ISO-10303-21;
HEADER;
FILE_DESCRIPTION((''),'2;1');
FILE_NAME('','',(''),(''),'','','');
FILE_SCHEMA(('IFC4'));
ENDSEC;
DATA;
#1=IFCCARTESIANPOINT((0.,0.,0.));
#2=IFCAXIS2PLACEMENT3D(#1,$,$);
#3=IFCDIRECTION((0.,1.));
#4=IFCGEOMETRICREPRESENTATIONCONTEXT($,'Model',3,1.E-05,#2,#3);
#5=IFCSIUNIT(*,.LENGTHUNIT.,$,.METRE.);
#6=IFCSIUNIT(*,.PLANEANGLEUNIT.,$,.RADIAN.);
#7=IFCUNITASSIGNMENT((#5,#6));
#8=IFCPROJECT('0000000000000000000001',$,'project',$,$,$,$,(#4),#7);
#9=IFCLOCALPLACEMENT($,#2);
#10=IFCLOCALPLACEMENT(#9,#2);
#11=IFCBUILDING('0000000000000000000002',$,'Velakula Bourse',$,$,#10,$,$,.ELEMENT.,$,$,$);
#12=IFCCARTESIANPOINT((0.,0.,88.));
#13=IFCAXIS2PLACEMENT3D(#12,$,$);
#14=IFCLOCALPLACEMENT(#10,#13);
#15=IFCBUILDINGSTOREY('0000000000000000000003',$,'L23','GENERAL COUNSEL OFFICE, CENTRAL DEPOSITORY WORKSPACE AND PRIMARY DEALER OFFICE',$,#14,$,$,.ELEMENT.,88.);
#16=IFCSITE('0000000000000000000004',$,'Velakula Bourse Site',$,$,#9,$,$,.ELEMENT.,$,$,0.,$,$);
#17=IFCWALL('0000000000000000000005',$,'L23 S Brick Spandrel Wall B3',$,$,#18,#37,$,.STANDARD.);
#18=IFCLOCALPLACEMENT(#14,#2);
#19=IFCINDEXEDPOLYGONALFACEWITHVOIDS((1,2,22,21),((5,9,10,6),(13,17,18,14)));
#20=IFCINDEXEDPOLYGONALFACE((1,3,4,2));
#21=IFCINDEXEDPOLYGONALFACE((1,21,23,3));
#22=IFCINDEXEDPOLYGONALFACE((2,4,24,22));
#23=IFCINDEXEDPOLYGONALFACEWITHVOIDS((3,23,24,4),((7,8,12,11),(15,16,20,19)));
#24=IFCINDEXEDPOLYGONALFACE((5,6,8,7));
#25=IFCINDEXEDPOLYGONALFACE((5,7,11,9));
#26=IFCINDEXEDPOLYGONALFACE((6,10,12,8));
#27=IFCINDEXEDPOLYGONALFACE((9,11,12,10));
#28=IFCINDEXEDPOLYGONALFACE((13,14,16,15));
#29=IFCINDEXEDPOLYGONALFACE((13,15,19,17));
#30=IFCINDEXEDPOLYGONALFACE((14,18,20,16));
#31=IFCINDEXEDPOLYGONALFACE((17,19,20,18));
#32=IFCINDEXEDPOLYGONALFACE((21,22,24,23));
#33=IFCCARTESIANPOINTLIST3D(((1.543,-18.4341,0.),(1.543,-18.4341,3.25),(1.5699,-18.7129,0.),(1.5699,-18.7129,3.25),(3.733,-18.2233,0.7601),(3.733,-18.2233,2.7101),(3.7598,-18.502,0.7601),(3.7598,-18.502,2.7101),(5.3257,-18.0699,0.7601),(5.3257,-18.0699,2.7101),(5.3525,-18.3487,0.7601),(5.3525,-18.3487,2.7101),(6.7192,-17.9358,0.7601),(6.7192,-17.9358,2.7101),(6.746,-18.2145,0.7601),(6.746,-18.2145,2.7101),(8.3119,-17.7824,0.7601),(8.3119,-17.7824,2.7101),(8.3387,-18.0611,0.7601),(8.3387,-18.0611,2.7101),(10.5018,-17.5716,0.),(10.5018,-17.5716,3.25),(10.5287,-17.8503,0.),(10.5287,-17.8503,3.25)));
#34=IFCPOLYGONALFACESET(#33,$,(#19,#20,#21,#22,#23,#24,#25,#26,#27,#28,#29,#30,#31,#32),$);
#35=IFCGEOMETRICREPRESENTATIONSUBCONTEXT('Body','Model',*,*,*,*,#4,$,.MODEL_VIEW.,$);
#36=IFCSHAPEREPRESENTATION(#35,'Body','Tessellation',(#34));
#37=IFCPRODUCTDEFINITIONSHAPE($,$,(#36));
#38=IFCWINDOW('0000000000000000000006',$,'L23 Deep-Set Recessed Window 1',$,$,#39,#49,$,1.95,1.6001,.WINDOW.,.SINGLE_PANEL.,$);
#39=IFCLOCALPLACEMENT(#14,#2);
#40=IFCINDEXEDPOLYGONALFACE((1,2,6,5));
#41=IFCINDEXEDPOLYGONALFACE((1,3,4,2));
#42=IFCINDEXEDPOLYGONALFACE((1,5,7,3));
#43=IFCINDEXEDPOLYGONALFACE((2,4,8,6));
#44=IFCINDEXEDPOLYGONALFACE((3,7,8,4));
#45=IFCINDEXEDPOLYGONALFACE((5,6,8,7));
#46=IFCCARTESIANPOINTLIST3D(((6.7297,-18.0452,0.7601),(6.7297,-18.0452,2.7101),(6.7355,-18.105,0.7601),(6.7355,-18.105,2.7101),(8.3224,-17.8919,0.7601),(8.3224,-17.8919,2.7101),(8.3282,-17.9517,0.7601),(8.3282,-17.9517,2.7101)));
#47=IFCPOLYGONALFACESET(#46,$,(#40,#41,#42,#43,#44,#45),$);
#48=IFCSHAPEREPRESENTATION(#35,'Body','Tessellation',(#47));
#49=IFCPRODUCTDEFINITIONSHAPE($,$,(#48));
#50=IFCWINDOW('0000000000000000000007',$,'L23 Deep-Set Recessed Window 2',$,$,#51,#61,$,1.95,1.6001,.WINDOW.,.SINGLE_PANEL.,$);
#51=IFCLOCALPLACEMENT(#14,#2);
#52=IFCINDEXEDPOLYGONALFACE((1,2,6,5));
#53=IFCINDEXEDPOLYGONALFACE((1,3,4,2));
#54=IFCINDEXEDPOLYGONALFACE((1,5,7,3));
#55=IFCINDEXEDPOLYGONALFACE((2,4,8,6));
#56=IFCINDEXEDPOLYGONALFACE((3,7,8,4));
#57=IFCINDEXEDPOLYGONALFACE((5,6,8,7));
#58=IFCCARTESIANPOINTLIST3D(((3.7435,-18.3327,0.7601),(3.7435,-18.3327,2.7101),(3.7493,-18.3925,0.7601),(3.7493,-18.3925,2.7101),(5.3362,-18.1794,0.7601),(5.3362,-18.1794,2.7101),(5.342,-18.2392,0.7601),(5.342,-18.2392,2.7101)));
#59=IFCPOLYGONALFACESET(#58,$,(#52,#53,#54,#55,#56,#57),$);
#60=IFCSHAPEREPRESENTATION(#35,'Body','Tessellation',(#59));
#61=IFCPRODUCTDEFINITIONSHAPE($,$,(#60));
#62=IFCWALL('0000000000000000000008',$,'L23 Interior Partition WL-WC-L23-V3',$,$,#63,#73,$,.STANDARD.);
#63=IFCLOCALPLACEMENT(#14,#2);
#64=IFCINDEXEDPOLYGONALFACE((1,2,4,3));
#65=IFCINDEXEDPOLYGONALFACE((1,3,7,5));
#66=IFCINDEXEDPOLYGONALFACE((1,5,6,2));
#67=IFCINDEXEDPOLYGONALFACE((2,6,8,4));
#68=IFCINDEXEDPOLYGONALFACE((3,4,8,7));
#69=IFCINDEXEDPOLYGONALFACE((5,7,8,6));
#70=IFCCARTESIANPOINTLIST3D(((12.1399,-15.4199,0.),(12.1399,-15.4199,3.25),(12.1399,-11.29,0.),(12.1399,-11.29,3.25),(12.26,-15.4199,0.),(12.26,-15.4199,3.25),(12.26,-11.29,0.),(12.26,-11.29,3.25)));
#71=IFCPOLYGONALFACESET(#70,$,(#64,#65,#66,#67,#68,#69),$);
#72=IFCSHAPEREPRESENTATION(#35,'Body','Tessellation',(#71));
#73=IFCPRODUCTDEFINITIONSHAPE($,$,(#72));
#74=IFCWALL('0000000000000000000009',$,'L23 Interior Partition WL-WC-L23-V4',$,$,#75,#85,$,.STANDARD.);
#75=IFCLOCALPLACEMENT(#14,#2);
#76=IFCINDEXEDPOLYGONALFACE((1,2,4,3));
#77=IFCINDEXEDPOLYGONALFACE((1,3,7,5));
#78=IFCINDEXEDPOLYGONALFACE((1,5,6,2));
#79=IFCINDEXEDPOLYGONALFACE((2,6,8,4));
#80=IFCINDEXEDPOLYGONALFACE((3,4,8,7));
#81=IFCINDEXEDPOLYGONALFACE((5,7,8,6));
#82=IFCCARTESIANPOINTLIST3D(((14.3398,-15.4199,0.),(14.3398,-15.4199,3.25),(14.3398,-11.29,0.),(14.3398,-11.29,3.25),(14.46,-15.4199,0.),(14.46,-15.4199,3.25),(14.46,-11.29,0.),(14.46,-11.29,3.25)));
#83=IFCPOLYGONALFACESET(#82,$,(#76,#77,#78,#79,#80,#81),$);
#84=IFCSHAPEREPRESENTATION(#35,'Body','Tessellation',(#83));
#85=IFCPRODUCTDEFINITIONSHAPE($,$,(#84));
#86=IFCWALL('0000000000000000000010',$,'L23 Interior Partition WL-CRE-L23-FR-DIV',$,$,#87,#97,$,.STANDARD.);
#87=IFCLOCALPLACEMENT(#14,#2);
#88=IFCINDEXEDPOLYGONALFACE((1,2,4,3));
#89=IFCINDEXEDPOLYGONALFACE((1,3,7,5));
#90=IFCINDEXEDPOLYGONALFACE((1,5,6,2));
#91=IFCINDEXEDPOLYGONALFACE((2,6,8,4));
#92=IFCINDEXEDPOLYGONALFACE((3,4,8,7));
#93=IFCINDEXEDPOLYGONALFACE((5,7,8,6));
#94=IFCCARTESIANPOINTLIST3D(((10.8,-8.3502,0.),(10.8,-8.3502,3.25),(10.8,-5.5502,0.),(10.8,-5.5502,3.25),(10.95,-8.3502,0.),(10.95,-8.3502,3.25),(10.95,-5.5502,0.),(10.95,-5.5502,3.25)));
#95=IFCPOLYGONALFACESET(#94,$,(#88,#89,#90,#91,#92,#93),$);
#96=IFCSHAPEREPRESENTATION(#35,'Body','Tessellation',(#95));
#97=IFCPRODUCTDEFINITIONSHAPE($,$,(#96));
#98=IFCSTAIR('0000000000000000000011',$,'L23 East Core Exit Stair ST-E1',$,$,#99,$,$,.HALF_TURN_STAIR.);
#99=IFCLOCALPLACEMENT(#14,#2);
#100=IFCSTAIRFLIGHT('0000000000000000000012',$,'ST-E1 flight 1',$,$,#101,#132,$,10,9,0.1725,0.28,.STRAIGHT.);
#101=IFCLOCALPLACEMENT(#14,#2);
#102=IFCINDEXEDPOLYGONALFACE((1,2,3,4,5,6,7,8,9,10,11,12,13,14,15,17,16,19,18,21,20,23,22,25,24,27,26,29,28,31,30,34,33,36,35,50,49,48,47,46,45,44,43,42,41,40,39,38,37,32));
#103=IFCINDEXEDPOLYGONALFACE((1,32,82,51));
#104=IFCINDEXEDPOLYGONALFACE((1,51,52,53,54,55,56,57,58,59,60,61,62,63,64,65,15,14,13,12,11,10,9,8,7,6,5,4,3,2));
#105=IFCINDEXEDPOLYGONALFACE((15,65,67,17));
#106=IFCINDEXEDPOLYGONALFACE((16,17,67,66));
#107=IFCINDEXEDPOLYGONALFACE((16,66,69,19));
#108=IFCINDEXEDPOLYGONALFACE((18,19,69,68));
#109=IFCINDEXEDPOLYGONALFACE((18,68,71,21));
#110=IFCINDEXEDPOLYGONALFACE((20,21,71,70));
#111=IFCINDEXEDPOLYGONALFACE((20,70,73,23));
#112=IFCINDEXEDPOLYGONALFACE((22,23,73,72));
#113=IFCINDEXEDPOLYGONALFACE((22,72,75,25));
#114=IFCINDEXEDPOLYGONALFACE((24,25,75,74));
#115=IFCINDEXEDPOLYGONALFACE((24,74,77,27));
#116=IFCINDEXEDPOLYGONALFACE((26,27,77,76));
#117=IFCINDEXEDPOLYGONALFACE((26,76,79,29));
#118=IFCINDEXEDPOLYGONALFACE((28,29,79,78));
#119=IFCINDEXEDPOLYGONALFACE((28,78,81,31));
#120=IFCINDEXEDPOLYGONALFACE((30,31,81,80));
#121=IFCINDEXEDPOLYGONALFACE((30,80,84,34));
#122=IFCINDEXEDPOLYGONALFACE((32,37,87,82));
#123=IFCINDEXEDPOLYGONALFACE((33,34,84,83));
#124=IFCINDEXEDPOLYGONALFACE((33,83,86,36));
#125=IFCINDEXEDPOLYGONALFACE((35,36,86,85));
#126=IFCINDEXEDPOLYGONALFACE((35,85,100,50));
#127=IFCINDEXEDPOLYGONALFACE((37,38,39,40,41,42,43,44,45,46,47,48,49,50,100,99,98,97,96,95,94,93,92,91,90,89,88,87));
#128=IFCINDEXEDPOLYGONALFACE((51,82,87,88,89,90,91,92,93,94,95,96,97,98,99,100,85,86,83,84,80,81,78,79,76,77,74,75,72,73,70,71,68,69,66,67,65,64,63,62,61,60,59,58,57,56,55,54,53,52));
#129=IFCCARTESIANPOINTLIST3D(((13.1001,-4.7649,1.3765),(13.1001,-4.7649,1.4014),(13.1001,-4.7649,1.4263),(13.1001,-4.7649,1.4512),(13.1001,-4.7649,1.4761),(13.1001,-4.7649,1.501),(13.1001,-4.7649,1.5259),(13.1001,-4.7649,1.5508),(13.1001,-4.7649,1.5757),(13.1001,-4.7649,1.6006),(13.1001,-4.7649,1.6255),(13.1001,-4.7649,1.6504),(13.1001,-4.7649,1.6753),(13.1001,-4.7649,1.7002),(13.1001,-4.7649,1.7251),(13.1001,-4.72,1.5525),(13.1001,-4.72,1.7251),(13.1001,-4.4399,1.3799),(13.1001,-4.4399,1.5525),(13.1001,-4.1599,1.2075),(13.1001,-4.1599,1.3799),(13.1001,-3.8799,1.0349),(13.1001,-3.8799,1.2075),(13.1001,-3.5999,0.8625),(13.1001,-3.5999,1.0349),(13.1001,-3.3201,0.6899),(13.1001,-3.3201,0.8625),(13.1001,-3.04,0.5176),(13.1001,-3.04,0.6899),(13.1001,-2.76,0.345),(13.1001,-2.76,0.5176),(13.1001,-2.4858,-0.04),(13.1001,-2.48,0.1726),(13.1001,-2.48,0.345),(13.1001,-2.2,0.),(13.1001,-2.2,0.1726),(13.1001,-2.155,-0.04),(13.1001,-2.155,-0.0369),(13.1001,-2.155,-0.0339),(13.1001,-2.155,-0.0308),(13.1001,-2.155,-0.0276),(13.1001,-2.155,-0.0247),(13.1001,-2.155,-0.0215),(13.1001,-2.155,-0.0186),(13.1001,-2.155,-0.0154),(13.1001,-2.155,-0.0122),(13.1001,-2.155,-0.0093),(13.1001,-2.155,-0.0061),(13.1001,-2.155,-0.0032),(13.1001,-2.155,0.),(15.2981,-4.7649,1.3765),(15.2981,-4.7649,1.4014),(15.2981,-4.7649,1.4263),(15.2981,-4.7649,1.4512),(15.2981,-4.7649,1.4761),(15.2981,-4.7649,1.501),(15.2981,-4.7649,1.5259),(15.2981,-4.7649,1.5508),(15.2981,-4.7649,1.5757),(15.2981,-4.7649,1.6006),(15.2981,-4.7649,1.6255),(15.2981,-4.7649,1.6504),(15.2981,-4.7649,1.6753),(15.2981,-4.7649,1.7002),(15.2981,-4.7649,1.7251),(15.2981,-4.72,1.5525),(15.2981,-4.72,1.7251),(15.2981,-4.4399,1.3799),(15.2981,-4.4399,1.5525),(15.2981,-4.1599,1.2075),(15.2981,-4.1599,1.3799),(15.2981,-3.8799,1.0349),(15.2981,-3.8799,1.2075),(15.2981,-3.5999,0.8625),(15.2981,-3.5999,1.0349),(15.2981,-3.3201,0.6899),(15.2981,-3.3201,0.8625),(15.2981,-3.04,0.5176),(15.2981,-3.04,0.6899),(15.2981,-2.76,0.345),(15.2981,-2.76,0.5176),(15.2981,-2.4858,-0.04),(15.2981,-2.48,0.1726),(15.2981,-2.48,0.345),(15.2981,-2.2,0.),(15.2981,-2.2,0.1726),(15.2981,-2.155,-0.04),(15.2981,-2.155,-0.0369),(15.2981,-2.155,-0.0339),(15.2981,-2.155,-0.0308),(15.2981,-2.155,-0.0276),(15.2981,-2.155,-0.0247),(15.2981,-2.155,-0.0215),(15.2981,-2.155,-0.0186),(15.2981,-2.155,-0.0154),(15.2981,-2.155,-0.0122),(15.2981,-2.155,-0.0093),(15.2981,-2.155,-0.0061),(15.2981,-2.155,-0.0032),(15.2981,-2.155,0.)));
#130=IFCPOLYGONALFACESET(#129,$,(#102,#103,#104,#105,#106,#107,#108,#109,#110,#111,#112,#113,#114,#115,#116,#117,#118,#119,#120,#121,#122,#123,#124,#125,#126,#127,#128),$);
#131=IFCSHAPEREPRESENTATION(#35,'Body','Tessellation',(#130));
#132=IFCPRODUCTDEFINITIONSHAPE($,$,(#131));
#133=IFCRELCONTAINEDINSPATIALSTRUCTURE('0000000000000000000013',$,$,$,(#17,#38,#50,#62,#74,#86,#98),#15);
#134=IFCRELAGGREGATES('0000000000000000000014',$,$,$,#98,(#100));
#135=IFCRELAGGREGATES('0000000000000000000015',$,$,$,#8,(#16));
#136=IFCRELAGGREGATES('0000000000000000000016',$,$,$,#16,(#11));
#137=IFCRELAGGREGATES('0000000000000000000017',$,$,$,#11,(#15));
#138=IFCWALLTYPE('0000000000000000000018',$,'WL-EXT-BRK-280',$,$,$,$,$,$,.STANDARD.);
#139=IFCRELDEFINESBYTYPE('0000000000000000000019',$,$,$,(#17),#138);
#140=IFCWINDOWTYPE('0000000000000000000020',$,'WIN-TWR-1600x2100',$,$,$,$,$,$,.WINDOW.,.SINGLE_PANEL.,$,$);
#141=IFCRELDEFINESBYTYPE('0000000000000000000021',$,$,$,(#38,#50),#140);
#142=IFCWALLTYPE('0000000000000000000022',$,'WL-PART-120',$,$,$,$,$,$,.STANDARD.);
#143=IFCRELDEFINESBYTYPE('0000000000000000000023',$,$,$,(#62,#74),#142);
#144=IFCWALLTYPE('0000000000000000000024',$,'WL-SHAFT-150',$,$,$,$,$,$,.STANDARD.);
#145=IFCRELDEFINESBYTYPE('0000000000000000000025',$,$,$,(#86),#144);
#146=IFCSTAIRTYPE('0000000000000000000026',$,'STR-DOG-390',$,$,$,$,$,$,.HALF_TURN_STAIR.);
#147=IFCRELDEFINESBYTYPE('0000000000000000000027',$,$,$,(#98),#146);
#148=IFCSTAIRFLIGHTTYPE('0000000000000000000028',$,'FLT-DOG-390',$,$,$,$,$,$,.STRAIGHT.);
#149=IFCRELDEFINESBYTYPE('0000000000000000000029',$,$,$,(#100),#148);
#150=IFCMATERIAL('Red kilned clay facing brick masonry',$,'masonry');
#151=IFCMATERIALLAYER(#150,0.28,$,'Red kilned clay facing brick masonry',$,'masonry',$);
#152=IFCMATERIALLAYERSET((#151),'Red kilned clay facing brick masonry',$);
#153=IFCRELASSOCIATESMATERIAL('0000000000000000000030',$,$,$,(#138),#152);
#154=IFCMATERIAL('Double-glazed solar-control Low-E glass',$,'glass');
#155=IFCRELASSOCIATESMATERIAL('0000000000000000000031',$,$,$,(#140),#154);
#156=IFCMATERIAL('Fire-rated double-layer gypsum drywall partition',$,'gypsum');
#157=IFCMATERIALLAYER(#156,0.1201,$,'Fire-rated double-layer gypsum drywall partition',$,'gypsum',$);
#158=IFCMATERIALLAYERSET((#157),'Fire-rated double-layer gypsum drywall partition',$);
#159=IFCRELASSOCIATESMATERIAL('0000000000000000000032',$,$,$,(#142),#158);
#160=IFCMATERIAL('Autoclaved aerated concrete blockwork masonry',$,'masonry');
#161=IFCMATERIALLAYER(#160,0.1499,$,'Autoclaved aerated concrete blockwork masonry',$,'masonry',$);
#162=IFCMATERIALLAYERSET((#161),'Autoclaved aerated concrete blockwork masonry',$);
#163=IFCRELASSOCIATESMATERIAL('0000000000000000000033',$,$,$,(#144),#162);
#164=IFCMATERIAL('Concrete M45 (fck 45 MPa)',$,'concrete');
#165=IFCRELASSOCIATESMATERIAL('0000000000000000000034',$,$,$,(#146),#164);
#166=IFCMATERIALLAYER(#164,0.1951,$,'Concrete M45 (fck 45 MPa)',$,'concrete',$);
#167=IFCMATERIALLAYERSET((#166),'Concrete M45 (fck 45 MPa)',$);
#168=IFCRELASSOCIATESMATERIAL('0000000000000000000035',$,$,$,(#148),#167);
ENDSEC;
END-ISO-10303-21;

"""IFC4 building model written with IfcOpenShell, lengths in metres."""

from ifc_helpers import new_model, si_unit, direction, frame, frame_2d, origin, place, context, subcontext, project, spatial, polyline, rectangle, outline, extrude, material, layer, layer_set, type_object, element, fill, aggregate, save


model = new_model("IFC4")

# Units and contexts
model_context = context("Model", 3, precision=1e-05, world=origin(), true_north=direction((0.0, 1.0)))
body_context = subcontext(model_context, "Body", "Model", "MODEL_VIEW")
ifc_project = project(units=[si_unit("LENGTHUNIT", "METRE"), si_unit("PLANEANGLEUNIT", "RADIAN")], contexts=[model_context])

# Site, building, storey
site_placement = place(None, origin())
site = spatial("IfcSite", under=ifc_project, at=site_placement, Name="Velakula Bourse Site", CompositionType="ELEMENT", RefElevation=0.0)
building_placement = place(site_placement, origin())
building = spatial("IfcBuilding", under=site, at=building_placement, Name="Velakula Bourse", CompositionType="ELEMENT")
storey_placement = place(building_placement, frame((0.0, 0.0, 88.0)))
storey = spatial("IfcBuildingStorey", under=building, at=storey_placement, Name="L23", Description="GENERAL COUNSEL OFFICE, CENTRAL DEPOSITORY WORKSPACE AND PRIMARY DEALER OFFICE", CompositionType="ELEMENT", Elevation=88.0)

# Wall, openings, windows
ifc_material_1 = material(Name="Red kilned clay facing brick masonry", Category="masonry")
ifc_layer_1 = layer(ifc_material_1, 0.28, Name="Red kilned clay facing brick masonry", Category="masonry")
ifc_layer_set_1 = layer_set([ifc_layer_1], Name="Red kilned clay facing brick masonry")
wall_type_1 = type_object("IfcWallType", Name="WL-EXT-BRK-280", PredefinedType="STANDARD", material=ifc_layer_set_1)
wall_1_placement = place(storey_placement, frame((10.5151, -17.7109, 0.0), z_axis=(0.0, 0.0, 1.0), x_axis=(-0.995397, -0.095837, 0.0)))
wall_1 = element("IfcWall", 1, at=wall_1_placement, inside=storey, type_object=wall_type_1, Name="L23 S Brick Spandrel Wall B3", PredefinedType="STANDARD", context=body_context, shape_type="SweptSolid", body=[
    extrude(rectangle(XDim=9.0002, YDim=0.28, at=frame_2d((4.5, 0.0))), origin(), (0.0, 0.0, 1.0), 3.25),
])
opening_1_placement = place(wall_1_placement, frame((2.2, 0.0, 0.76)))
opening_1 = element("IfcOpeningElement", 2, at=opening_1_placement, cuts=wall_1, PredefinedType="OPENING", context=body_context, shape_type="SweptSolid", body=[
    extrude(rectangle(XDim=1.6001, YDim=1.95, at=frame_2d((0.8, 0.9751))), frame((0.0, 0.1499, 0.0), z_axis=(0.0, -1.0, 0.0), x_axis=(1.0, 0.0, 0.0)), (0.0, 0.0, 1.0), 0.3),
])
opening_2_placement = place(wall_1_placement, frame((5.2, 0.0, 0.76)))
opening_2 = element("IfcOpeningElement", 3, at=opening_2_placement, cuts=wall_1, PredefinedType="OPENING", context=body_context, shape_type="SweptSolid", body=[
    extrude(rectangle(XDim=1.6001, YDim=1.95, at=frame_2d((0.8, 0.9751))), frame((0.0, 0.1499, 0.0), z_axis=(0.0, -1.0, 0.0), x_axis=(1.0, 0.0, 0.0)), (0.0, 0.0, 1.0), 0.3),
])
ifc_material_2 = material(Name="Double-glazed solar-control Low-E glass", Category="glass")
window_type = type_object("IfcWindowType", Name="WIN-TWR-1600x2100", PartitioningType="SINGLE_PANEL", PredefinedType="WINDOW", material=ifc_material_2)
window_1_placement = place(opening_1_placement, origin())
window_1 = element("IfcWindow", 4, at=window_1_placement, inside=storey, type_object=window_type, Name="L23 Deep-Set Recessed Window 1", OverallHeight=1.95, OverallWidth=1.6001, PartitioningType="SINGLE_PANEL", PredefinedType="WINDOW", context=body_context, shape_type="SweptSolid", body=[
    extrude(rectangle(XDim=1.6001, YDim=1.95, at=frame_2d((0.8, 0.9751))), frame((0.0, 0.03, 0.0), z_axis=(0.0, -1.0, 0.0), x_axis=(1.0, 0.0, 0.0)), (0.0, 0.0, 1.0), 0.0601),
])
fill(opening_1, window_1)
window_2_placement = place(opening_2_placement, origin())
window_2 = element("IfcWindow", 5, at=window_2_placement, inside=storey, type_object=window_type, Name="L23 Deep-Set Recessed Window 2", OverallHeight=1.95, OverallWidth=1.6001, PartitioningType="SINGLE_PANEL", PredefinedType="WINDOW", context=body_context, shape_type="SweptSolid", body=[
    extrude(rectangle(XDim=1.6001, YDim=1.95, at=frame_2d((0.8, 0.9751))), frame((0.0, 0.03, 0.0), z_axis=(0.0, -1.0, 0.0), x_axis=(1.0, 0.0, 0.0)), (0.0, 0.0, 1.0), 0.0601),
])
fill(opening_2, window_2)

# Walls
ifc_material_3 = material(Name="Fire-rated double-layer gypsum drywall partition", Category="gypsum")
ifc_layer_2 = layer(ifc_material_3, 0.1201, Name="Fire-rated double-layer gypsum drywall partition", Category="gypsum")
ifc_layer_set_2 = layer_set([ifc_layer_2], Name="Fire-rated double-layer gypsum drywall partition")
wall_type_2 = type_object("IfcWallType", Name="WL-PART-120", PredefinedType="STANDARD", material=ifc_layer_set_2)
for number, where, z_axis, x_axis, name in (
    (6, (12.2, -15.4199, 0.0), (0.0, 0.0, 1.0), (0.0, 1.0, 0.0), "L23 Interior Partition WL-WC-L23-V3"),
    (7, (14.3999, -15.4199, 0.0), (0.0, 0.0, 1.0), (0.0, 1.0, 0.0), "L23 Interior Partition WL-WC-L23-V4"),
):
    element("IfcWall", number, at=place(storey_placement, frame(where, z_axis=z_axis, x_axis=x_axis)), inside=storey, type_object=wall_type_2, Name=name, PredefinedType="STANDARD", context=body_context, shape_type="SweptSolid", body=[
        extrude(rectangle(XDim=4.1299, YDim=0.1201, at=frame_2d((2.0649, 0.0))), origin(), (0.0, 0.0, 1.0), 3.25),
    ])
ifc_material_4 = material(Name="Autoclaved aerated concrete blockwork masonry", Category="masonry")
ifc_layer_3 = layer(ifc_material_4, 0.1499, Name="Autoclaved aerated concrete blockwork masonry", Category="masonry")
ifc_layer_set_3 = layer_set([ifc_layer_3], Name="Autoclaved aerated concrete blockwork masonry")
wall_type_3 = type_object("IfcWallType", Name="WL-SHAFT-150", PredefinedType="STANDARD", material=ifc_layer_set_3)
wall_2_placement = place(storey_placement, frame((10.875, -8.3501, 0.0), z_axis=(0.0, 0.0, 1.0), x_axis=(0.0, 1.0, 0.0)))
element("IfcWall", 8, at=wall_2_placement, inside=storey, type_object=wall_type_3, Name="L23 Interior Partition WL-CRE-L23-FR-DIV", PredefinedType="STANDARD", context=body_context, shape_type="SweptSolid", body=[
    extrude(rectangle(XDim=2.8, YDim=0.1499, at=frame_2d((1.3999, 0.0))), origin(), (0.0, 0.0, 1.0), 3.25),
])

# Stair, stair flight
ifc_material_5 = material(Name="Concrete M45 (fck 45 MPa)", Category="concrete")
stair_type = type_object("IfcStairType", Name="STR-DOG-390", PredefinedType="HALF_TURN_STAIR", material=ifc_material_5)
stair_placement = place(storey_placement, origin())
stair = element("IfcStair", 9, at=stair_placement, inside=storey, type_object=stair_type, Name="L23 East Core Exit Stair ST-E1", PredefinedType="HALF_TURN_STAIR")
ifc_layer_4 = layer(ifc_material_5, 0.1951, Name="Concrete M45 (fck 45 MPa)", Category="concrete")
ifc_layer_set_4 = layer_set([ifc_layer_4], Name="Concrete M45 (fck 45 MPa)")
stair_flight_type = type_object("IfcStairFlightType", Name="FLT-DOG-390", PredefinedType="STRAIGHT", material=ifc_layer_set_4)
stair_flight_1_placement = place(storey_placement, frame((14.199, -2.2, 0.0), z_axis=(0.0, 0.0, 1.0), x_axis=(0.0, -1.0, 0.0)))
stair_flight_1 = element("IfcStairFlight", 10, at=stair_flight_1_placement, type_object=stair_flight_type, Name="ST-E1 flight 1", NumberOfRisers=10, NumberOfTreads=9, PredefinedType="STRAIGHT", RiserHeight=0.1725, TreadLength=0.28, context=body_context, shape_type="SweptSolid", body=[
    extrude(outline(polyline([(-0.0449, -0.04), (-0.0449, -0.0369), (-0.0449, -0.0339), (-0.0449, -0.0308), (-0.0449, -0.0276), (-0.0449, -0.0247), (-0.0449, -0.0215), (-0.0449, -0.0186), (-0.0449, -0.0154), (-0.0449, -0.0122), (-0.0449, -0.0093), (-0.0449, -0.0061), (-0.0449, -0.0032), (-0.0449, 0.0), (0.0, 0.0), (0.0, 0.1726), (0.28, 0.1726), (0.28, 0.345), (0.5601, 0.345), (0.5601, 0.5176), (0.8401, 0.5176), (0.8401, 0.6899), (1.1201, 0.6899), (1.1201, 0.8625), (1.3999, 0.8625), (1.3999, 1.0349), (1.6799, 1.0349), (1.6799, 1.2075), (1.96, 1.2075), (1.96, 1.3799), (2.24, 1.3799), (2.24, 1.5525), (2.52, 1.5525), (2.52, 1.7251), (2.5649, 1.7251), (2.5649, 1.7002), (2.5649, 1.6753), (2.5649, 1.6504), (2.5649, 1.6255), (2.5649, 1.6006), (2.5649, 1.5757), (2.5649, 1.5508), (2.5649, 1.5259), (2.5649, 1.501), (2.5649, 1.4761), (2.5649, 1.4512), (2.5649, 1.4263), (2.5649, 1.4014), (2.5649, 1.3765), (0.2859, -0.04), (-0.0449, -0.04)])), frame((0.0, 1.0991, 0.0), z_axis=(0.0, -1.0, 0.0), x_axis=(1.0, 0.0, 0.0)), (0.0, 0.0, 1.0), 2.198),
])
aggregate(stair, [stair_flight_1])

save(model, "model.ifc")
